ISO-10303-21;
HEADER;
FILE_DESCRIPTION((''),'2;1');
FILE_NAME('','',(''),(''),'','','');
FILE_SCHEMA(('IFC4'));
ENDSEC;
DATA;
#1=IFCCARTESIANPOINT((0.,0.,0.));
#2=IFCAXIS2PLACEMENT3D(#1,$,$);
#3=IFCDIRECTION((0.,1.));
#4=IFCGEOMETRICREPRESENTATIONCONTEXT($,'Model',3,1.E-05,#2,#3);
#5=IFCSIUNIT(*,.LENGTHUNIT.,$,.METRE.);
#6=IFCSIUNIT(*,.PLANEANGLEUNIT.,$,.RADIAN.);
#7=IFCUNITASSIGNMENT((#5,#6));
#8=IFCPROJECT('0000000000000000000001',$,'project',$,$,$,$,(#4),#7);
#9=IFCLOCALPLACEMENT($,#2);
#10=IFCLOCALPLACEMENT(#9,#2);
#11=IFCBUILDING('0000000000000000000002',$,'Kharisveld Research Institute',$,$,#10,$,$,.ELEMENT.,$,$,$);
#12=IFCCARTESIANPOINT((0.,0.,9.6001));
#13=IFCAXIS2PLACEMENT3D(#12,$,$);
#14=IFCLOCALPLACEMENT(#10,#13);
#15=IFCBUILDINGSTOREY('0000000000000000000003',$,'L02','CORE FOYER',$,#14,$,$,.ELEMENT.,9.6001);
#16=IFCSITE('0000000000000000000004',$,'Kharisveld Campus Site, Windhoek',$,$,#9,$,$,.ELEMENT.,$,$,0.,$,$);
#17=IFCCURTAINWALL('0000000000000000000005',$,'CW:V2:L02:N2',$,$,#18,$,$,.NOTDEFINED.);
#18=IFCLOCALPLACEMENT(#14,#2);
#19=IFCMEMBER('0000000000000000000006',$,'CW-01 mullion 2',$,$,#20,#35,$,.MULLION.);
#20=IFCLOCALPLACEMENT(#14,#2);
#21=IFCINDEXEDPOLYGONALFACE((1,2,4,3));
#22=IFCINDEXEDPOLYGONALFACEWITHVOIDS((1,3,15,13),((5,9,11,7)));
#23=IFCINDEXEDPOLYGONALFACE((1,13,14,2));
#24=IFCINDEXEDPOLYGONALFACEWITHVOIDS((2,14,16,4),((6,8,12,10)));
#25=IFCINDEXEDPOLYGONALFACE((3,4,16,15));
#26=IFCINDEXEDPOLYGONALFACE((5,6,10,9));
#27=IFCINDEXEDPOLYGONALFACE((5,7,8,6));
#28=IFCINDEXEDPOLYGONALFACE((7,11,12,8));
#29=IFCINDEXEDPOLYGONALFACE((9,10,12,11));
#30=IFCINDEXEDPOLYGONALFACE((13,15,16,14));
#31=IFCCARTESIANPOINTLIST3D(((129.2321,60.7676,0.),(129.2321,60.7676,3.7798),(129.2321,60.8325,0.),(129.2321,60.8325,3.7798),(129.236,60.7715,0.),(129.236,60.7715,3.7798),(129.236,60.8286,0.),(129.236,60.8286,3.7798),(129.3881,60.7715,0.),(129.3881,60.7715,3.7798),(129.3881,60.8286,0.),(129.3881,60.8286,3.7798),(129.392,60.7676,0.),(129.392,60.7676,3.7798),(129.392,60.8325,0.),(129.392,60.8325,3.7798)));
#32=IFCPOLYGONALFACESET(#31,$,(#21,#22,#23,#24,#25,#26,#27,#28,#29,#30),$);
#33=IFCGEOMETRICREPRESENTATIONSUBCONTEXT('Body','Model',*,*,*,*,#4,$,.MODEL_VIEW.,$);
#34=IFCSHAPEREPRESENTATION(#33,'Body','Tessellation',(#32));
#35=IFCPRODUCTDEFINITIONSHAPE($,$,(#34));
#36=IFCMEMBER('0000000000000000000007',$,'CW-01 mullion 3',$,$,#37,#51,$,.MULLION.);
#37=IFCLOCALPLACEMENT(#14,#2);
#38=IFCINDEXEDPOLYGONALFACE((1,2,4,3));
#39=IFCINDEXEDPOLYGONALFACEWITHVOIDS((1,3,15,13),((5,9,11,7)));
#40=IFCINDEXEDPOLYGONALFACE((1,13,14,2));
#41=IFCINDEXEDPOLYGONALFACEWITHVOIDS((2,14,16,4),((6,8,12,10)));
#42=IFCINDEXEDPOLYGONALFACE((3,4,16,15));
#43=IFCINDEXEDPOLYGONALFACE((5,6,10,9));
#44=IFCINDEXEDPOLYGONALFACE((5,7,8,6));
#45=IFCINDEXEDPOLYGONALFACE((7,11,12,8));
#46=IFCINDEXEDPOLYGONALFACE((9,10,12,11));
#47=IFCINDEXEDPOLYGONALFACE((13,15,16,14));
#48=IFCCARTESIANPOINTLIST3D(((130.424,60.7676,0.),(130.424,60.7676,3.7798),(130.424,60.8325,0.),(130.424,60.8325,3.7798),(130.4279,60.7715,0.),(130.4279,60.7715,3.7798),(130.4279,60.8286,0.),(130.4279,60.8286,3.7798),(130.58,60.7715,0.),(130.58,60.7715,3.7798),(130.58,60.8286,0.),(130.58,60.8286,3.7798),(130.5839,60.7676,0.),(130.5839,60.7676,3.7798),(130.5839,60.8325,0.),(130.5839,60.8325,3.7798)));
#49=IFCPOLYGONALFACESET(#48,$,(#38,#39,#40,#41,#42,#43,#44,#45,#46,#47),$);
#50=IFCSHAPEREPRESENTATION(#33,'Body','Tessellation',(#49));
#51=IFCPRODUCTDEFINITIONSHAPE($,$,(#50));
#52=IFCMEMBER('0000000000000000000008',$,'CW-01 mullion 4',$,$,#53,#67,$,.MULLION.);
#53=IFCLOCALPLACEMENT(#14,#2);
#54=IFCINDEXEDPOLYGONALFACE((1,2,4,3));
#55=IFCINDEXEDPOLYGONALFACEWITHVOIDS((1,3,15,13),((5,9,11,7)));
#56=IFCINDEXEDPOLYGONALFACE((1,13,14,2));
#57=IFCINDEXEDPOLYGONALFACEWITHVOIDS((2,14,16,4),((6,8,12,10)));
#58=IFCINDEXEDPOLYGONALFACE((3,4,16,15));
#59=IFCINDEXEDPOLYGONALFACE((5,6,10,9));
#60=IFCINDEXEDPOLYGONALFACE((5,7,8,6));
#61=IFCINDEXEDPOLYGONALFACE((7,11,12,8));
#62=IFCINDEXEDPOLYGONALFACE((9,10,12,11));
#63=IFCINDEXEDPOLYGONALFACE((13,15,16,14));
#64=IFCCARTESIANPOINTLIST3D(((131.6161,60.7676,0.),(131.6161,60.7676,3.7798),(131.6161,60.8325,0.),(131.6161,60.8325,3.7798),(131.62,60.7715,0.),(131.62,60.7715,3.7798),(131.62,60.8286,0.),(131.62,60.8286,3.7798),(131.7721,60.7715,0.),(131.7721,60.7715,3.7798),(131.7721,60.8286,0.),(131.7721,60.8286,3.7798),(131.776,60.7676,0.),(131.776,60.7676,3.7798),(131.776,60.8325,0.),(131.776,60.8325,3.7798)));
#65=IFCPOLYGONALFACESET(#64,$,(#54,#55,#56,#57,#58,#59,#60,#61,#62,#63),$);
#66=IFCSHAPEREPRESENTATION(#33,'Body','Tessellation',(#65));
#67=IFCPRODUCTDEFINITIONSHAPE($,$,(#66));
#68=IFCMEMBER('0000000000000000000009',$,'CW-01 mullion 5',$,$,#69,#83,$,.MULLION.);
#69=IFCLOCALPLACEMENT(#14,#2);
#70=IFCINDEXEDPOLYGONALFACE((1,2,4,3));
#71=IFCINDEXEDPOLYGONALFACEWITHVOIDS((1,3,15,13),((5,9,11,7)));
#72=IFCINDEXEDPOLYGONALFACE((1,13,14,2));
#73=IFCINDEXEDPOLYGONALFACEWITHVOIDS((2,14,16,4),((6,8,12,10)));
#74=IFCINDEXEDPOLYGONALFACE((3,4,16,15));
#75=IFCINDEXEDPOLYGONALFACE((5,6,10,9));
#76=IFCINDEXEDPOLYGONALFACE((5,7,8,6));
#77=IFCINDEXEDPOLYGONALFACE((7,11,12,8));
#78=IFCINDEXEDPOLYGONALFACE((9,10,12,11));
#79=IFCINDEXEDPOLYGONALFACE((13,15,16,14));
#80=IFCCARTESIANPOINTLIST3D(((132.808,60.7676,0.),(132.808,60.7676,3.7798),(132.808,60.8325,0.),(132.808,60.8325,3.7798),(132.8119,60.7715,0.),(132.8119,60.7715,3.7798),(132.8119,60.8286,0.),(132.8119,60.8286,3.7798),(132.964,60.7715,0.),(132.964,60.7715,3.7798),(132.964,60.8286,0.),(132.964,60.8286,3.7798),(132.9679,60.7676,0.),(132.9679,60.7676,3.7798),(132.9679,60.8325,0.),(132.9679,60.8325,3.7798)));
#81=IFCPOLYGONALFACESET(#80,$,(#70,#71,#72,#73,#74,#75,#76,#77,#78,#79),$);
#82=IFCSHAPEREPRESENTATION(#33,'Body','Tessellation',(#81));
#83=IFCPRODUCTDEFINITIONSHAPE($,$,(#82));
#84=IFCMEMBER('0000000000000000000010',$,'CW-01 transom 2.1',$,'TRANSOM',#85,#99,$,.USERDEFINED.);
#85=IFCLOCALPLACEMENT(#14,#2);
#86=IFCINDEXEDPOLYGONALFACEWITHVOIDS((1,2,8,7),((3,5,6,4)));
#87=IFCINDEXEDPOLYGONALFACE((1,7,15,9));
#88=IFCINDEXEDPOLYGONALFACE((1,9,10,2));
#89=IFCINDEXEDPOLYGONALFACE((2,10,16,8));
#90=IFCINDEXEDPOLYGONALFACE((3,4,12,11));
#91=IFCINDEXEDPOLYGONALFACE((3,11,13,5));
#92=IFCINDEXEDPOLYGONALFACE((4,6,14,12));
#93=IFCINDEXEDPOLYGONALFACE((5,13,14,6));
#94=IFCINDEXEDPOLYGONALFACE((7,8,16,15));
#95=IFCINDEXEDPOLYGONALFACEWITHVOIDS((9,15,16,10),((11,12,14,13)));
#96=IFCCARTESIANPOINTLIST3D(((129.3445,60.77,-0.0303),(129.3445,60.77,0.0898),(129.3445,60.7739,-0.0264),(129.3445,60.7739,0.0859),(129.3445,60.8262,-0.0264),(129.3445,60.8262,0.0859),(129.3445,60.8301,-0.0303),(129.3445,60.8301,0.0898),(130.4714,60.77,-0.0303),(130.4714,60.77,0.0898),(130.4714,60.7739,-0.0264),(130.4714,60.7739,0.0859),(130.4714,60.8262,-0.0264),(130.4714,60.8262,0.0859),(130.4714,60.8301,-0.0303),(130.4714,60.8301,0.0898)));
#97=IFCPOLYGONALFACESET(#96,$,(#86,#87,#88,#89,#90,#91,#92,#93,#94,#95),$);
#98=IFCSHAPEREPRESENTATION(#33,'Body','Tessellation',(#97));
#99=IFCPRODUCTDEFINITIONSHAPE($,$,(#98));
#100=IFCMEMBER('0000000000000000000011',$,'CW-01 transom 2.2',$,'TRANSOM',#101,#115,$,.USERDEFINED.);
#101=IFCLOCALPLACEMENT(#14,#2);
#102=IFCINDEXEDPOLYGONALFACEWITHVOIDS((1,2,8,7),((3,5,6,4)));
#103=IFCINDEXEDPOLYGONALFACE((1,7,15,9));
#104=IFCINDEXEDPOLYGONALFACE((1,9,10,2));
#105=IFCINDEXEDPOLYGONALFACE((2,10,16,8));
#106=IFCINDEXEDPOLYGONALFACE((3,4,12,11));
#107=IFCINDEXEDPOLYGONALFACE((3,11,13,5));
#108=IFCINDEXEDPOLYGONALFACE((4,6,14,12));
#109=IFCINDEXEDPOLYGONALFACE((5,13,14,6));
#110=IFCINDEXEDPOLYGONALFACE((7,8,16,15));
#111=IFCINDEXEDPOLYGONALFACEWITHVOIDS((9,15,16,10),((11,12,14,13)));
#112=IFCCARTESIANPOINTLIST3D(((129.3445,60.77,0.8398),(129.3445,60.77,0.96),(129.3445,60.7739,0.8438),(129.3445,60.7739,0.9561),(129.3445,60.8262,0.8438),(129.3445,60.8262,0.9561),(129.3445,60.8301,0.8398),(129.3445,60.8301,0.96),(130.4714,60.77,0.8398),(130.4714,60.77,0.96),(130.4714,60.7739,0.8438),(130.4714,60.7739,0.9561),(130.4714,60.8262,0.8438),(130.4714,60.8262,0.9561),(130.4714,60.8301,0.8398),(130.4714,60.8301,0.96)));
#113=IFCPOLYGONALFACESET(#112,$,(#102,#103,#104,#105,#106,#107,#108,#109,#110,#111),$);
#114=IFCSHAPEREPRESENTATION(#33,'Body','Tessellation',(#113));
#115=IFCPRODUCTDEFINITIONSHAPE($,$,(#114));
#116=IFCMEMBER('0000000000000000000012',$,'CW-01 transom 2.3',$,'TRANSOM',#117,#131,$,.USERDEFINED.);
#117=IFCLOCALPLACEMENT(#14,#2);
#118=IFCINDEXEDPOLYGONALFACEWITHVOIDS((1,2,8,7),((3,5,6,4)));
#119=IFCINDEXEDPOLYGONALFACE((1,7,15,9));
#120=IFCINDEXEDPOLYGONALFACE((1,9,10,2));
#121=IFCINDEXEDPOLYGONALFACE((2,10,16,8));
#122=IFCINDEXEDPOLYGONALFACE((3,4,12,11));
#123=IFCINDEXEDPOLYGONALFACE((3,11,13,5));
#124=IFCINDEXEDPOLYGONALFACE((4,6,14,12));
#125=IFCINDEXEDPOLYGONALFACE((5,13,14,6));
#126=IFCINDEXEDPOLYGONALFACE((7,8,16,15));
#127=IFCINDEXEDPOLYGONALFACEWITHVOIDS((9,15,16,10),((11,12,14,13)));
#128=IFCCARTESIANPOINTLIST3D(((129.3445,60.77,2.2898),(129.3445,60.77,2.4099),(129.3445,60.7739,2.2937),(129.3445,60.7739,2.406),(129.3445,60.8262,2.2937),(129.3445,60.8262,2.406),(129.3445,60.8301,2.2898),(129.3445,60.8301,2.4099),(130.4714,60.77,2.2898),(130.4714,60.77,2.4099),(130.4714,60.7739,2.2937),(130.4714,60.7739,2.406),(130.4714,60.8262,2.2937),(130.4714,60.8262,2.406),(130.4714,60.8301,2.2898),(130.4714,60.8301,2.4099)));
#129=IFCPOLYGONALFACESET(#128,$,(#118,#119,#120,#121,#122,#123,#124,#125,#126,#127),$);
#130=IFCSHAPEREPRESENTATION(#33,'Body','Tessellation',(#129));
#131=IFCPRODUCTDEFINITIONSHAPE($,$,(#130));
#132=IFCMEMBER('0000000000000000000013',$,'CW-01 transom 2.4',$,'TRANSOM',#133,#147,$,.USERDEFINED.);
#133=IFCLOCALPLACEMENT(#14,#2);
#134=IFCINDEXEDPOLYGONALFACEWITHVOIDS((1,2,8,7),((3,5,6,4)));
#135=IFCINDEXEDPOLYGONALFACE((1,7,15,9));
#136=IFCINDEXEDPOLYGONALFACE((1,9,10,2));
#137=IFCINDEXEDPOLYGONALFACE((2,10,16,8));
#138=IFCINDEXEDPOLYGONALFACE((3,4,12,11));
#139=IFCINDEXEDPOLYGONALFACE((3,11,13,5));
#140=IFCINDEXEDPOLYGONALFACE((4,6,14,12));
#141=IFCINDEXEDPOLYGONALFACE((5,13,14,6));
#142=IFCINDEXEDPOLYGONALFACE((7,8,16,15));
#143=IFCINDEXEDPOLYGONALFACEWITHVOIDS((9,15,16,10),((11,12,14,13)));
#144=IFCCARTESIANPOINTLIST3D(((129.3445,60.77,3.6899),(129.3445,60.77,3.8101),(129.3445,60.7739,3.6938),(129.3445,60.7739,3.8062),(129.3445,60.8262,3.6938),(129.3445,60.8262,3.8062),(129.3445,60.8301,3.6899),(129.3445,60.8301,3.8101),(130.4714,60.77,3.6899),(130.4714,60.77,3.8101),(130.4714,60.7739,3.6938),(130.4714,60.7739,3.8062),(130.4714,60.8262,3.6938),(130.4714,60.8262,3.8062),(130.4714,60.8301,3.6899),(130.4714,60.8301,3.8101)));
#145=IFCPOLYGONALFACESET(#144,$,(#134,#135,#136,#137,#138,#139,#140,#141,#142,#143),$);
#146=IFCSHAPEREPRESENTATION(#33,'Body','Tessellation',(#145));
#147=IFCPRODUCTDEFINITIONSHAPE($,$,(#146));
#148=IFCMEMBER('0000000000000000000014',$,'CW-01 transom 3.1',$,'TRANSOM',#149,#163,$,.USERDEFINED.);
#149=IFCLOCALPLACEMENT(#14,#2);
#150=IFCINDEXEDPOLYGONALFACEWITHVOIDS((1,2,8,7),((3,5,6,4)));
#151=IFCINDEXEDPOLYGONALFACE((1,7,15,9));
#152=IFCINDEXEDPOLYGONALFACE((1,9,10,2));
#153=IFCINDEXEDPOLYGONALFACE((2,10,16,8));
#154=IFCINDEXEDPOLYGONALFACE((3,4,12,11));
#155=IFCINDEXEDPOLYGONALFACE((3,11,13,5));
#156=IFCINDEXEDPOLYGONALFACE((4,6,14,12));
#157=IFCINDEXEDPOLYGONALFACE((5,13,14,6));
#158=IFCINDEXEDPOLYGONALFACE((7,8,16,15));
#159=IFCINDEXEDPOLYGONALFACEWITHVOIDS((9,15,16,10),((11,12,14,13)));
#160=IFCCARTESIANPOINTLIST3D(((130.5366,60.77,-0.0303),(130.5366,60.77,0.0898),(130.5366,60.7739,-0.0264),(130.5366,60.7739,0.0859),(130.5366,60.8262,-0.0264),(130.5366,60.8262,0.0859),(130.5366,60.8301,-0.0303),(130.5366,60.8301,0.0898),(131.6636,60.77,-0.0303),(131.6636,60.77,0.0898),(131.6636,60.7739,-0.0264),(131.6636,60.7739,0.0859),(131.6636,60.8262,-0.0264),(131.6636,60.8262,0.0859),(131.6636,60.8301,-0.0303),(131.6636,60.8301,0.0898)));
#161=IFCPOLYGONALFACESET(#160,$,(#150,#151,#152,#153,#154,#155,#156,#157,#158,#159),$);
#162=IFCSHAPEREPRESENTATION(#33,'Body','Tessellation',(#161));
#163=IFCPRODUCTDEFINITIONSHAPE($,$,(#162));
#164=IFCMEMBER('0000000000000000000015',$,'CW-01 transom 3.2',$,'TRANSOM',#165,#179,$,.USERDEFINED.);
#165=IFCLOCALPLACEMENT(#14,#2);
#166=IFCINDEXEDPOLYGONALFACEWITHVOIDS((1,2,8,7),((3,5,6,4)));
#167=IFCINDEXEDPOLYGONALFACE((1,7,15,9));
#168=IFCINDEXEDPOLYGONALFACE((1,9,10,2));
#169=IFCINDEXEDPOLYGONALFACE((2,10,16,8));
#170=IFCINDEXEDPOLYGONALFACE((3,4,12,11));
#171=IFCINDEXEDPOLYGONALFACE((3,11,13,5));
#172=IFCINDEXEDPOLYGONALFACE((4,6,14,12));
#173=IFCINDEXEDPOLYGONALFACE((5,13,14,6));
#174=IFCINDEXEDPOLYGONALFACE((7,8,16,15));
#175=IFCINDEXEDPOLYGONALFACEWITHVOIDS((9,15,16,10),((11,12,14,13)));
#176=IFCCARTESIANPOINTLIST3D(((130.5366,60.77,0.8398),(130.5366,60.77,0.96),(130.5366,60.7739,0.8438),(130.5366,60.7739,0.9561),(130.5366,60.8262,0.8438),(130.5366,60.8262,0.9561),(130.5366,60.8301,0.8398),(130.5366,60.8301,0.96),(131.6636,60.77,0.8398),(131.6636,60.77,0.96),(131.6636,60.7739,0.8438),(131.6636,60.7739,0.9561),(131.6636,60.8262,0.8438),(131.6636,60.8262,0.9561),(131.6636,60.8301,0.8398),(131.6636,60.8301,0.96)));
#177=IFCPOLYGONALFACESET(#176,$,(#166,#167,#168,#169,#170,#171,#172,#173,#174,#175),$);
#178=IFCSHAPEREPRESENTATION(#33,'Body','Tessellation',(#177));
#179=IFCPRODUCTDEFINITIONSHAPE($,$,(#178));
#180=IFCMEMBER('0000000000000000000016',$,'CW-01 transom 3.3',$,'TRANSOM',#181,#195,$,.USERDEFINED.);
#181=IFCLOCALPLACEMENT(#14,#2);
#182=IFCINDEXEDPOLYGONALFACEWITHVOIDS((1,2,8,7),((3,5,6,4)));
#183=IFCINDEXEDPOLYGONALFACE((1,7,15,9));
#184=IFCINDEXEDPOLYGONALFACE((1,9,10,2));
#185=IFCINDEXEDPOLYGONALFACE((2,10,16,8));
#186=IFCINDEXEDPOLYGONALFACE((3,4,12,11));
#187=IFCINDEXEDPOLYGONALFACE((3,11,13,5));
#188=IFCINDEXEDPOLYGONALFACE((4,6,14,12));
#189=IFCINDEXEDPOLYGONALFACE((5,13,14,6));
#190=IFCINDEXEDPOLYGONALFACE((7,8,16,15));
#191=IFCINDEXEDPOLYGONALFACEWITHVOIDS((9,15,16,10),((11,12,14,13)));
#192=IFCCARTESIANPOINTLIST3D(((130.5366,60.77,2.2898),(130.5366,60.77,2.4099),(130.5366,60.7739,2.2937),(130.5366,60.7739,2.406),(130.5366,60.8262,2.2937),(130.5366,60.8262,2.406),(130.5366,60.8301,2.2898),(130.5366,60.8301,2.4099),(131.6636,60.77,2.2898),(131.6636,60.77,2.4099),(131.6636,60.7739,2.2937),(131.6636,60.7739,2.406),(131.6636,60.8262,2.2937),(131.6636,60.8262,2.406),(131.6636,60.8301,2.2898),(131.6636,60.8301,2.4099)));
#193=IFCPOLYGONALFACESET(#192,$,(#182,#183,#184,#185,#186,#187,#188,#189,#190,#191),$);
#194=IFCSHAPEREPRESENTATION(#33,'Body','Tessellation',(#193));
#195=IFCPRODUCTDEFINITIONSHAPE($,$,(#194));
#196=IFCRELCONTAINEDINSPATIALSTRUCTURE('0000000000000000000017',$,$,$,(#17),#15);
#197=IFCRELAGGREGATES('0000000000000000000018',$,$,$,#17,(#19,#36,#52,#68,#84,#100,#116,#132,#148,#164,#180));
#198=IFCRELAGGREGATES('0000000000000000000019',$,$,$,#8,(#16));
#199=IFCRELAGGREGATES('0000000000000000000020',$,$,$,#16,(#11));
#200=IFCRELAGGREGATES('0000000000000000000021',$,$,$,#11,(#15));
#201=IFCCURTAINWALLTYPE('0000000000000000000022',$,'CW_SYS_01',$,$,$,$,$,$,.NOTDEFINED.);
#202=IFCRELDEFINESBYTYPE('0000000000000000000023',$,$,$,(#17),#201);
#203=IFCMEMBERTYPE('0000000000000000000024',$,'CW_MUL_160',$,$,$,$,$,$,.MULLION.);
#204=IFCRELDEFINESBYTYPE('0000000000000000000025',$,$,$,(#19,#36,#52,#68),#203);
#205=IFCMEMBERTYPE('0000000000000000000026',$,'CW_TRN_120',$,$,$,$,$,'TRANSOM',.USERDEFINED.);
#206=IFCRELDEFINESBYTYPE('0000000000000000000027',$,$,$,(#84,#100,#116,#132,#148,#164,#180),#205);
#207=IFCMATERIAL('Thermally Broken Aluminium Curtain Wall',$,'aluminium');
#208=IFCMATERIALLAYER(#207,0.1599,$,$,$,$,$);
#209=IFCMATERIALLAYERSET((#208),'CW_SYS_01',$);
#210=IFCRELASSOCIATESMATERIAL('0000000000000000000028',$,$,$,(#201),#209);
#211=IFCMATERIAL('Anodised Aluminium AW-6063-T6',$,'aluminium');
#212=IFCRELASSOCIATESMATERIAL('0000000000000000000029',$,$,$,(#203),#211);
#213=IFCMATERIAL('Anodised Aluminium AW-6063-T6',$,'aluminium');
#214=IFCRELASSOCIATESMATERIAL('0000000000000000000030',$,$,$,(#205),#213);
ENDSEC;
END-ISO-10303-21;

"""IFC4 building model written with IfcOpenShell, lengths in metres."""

from ifc_helpers import new_model, si_unit, direction, frame, origin, origin_2d, place, context, subcontext, project, spatial, hollow_rectangle, extrude, material, layer, layer_set, material_profile, profile_set, type_object, element, aggregate, save


model = new_model("IFC4")

# Units and contexts
model_context = context("Model", 3, precision=1e-05, world=origin(), true_north=direction((0.0, 1.0)))
body_context = subcontext(model_context, "Body", "Model", "MODEL_VIEW")
ifc_project = project(units=[si_unit("LENGTHUNIT", "METRE"), si_unit("PLANEANGLEUNIT", "RADIAN")], contexts=[model_context])

# Site, building, storey
site_placement = place(None, origin())
site = spatial("IfcSite", under=ifc_project, at=site_placement, Name="Kharisveld Campus Site, Windhoek", CompositionType="ELEMENT", RefElevation=0.0)
building_placement = place(site_placement, origin())
building = spatial("IfcBuilding", under=site, at=building_placement, Name="Kharisveld Research Institute", CompositionType="ELEMENT")
storey_placement = place(building_placement, frame((0.0, 0.0, 9.6001)))
storey = spatial("IfcBuildingStorey", under=building, at=storey_placement, Name="L02", Description="CORE FOYER", CompositionType="ELEMENT", Elevation=9.6001)

# Curtain wall, members
ifc_material_1 = material(Name="Thermally Broken Aluminium Curtain Wall", Category="aluminium")
ifc_layer_1 = layer(ifc_material_1, 0.1599)
ifc_layer_set_1 = layer_set([ifc_layer_1], Name="CW_SYS_01")
curtain_wall_type = type_object("IfcCurtainWallType", Name="CW_SYS_01", PredefinedType="NOTDEFINED", material=ifc_layer_set_1)
curtain_wall_placement = place(storey_placement, origin())
curtain_wall = element("IfcCurtainWall", 1, at=curtain_wall_placement, inside=storey, type_object=curtain_wall_type, Name="CW:V2:L02:N2", PredefinedType="NOTDEFINED")
ifc_material_2 = material(Name="Anodised Aluminium AW-6063-T6", Category="aluminium")
ifc_material_profile_1 = material_profile(ifc_material_2, hollow_rectangle(XDim=0.0649, YDim=0.1599, WallThickness=0.0039, at=origin_2d()))
ifc_profile_set_1 = profile_set([ifc_material_profile_1], Name="Anodised Aluminium AW-6063-T6")
member_type_1 = type_object("IfcMemberType", Name="CW_MUL_160", PredefinedType="MULLION", material=ifc_profile_set_1)
member_1_placement = place(storey_placement, frame((129.312, 60.8, 0.0), z_axis=(0.0, 0.0, 1.0), x_axis=(0.0, 1.0, 0.0)))
member_1 = element("IfcMember", 2, at=member_1_placement, type_object=member_type_1, Name="CW-01 mullion 2", PredefinedType="MULLION", context=body_context, shape_type="SweptSolid", body=[
    extrude(hollow_rectangle(XDim=0.0649, YDim=0.1599, WallThickness=0.0039, at=origin_2d()), origin(), (0.0, 0.0, 1.0), 3.7798),
])
member_2_placement = place(storey_placement, frame((130.5039, 60.8, 0.0), z_axis=(0.0, 0.0, 1.0), x_axis=(0.0, 1.0, 0.0)))
member_2 = element("IfcMember", 3, at=member_2_placement, type_object=member_type_1, Name="CW-01 mullion 3", PredefinedType="MULLION", context=body_context, shape_type="SweptSolid", body=[
    extrude(hollow_rectangle(XDim=0.0649, YDim=0.1599, WallThickness=0.0039, at=origin_2d()), origin(), (0.0, 0.0, 1.0), 3.7798),
])
member_3_placement = place(storey_placement, frame((131.696, 60.8, 0.0), z_axis=(0.0, 0.0, 1.0), x_axis=(0.0, 1.0, 0.0)))
member_3 = element("IfcMember", 4, at=member_3_placement, type_object=member_type_1, Name="CW-01 mullion 4", PredefinedType="MULLION", context=body_context, shape_type="SweptSolid", body=[
    extrude(hollow_rectangle(XDim=0.0649, YDim=0.1599, WallThickness=0.0039, at=origin_2d()), origin(), (0.0, 0.0, 1.0), 3.7798),
])
member_4_placement = place(storey_placement, frame((132.8879, 60.8, 0.0), z_axis=(0.0, 0.0, 1.0), x_axis=(0.0, 1.0, 0.0)))
member_4 = element("IfcMember", 5, at=member_4_placement, type_object=member_type_1, Name="CW-01 mullion 5", PredefinedType="MULLION", context=body_context, shape_type="SweptSolid", body=[
    extrude(hollow_rectangle(XDim=0.0649, YDim=0.1599, WallThickness=0.0039, at=origin_2d()), origin(), (0.0, 0.0, 1.0), 3.7798),
])
ifc_material_3 = material(Name="Anodised Aluminium AW-6063-T6", Category="aluminium")
ifc_material_profile_2 = material_profile(ifc_material_3, hollow_rectangle(XDim=0.0601, YDim=0.1201, WallThickness=0.0039, at=origin_2d()))
ifc_profile_set_2 = profile_set([ifc_material_profile_2], Name="Anodised Aluminium AW-6063-T6")
member_type_2 = type_object("IfcMemberType", Name="CW_TRN_120", ElementType="TRANSOM", PredefinedType="USERDEFINED", material=ifc_profile_set_2)
member_5_placement = place(storey_placement, frame((129.3445, 60.8, 0.0298), z_axis=(1.0, 0.0, 0.0), x_axis=(0.0, 1.0, 0.0)))
member_5 = element("IfcMember", 6, at=member_5_placement, type_object=member_type_2, Name="CW-01 transom 2.1", ObjectType="TRANSOM", PredefinedType="USERDEFINED", context=body_context, shape_type="SweptSolid", body=[
    extrude(hollow_rectangle(XDim=0.0601, YDim=0.1201, WallThickness=0.0039, at=origin_2d()), origin(), (0.0, 0.0, 1.0), 1.127),
])
member_6_placement = place(storey_placement, frame((129.3445, 60.8, 0.8999), z_axis=(1.0, 0.0, 0.0), x_axis=(0.0, 1.0, 0.0)))
member_6 = element("IfcMember", 7, at=member_6_placement, type_object=member_type_2, Name="CW-01 transom 2.2", ObjectType="TRANSOM", PredefinedType="USERDEFINED", context=body_context, shape_type="SweptSolid", body=[
    extrude(hollow_rectangle(XDim=0.0601, YDim=0.1201, WallThickness=0.0039, at=origin_2d()), origin(), (0.0, 0.0, 1.0), 1.127),
])
member_7_placement = place(storey_placement, frame((129.3445, 60.8, 2.3499), z_axis=(1.0, 0.0, 0.0), x_axis=(0.0, 1.0, 0.0)))
member_7 = element("IfcMember", 8, at=member_7_placement, type_object=member_type_2, Name="CW-01 transom 2.3", ObjectType="TRANSOM", PredefinedType="USERDEFINED", context=body_context, shape_type="SweptSolid", body=[
    extrude(hollow_rectangle(XDim=0.0601, YDim=0.1201, WallThickness=0.0039, at=origin_2d()), origin(), (0.0, 0.0, 1.0), 1.127),
])
member_8_placement = place(storey_placement, frame((129.3445, 60.8, 3.75), z_axis=(1.0, 0.0, 0.0), x_axis=(0.0, 1.0, 0.0)))
member_8 = element("IfcMember", 9, at=member_8_placement, type_object=member_type_2, Name="CW-01 transom 2.4", ObjectType="TRANSOM", PredefinedType="USERDEFINED", context=body_context, shape_type="SweptSolid", body=[
    extrude(hollow_rectangle(XDim=0.0601, YDim=0.1201, WallThickness=0.0039, at=origin_2d()), origin(), (0.0, 0.0, 1.0), 1.127),
])
member_9_placement = place(storey_placement, frame((130.5366, 60.8, 0.0298), z_axis=(1.0, 0.0, 0.0), x_axis=(0.0, 1.0, 0.0)))
member_9 = element("IfcMember", 10, at=member_9_placement, type_object=member_type_2, Name="CW-01 transom 3.1", ObjectType="TRANSOM", PredefinedType="USERDEFINED", context=body_context, shape_type="SweptSolid", body=[
    extrude(hollow_rectangle(XDim=0.0601, YDim=0.1201, WallThickness=0.0039, at=origin_2d()), origin(), (0.0, 0.0, 1.0), 1.127),
])
member_10_placement = place(storey_placement, frame((130.5366, 60.8, 0.8999), z_axis=(1.0, 0.0, 0.0), x_axis=(0.0, 1.0, 0.0)))
member_10 = element("IfcMember", 11, at=member_10_placement, type_object=member_type_2, Name="CW-01 transom 3.2", ObjectType="TRANSOM", PredefinedType="USERDEFINED", context=body_context, shape_type="SweptSolid", body=[
    extrude(hollow_rectangle(XDim=0.0601, YDim=0.1201, WallThickness=0.0039, at=origin_2d()), origin(), (0.0, 0.0, 1.0), 1.127),
])
member_11_placement = place(storey_placement, frame((130.5366, 60.8, 2.3499), z_axis=(1.0, 0.0, 0.0), x_axis=(0.0, 1.0, 0.0)))
member_11 = element("IfcMember", 12, at=member_11_placement, type_object=member_type_2, Name="CW-01 transom 3.3", ObjectType="TRANSOM", PredefinedType="USERDEFINED", context=body_context, shape_type="SweptSolid", body=[
    extrude(hollow_rectangle(XDim=0.0601, YDim=0.1201, WallThickness=0.0039, at=origin_2d()), origin(), (0.0, 0.0, 1.0), 1.127),
])
aggregate(curtain_wall, [member_1, member_2, member_3, member_4, member_5, member_6, member_7, member_8, member_9, member_10, member_11])

save(model, "model.ifc")
